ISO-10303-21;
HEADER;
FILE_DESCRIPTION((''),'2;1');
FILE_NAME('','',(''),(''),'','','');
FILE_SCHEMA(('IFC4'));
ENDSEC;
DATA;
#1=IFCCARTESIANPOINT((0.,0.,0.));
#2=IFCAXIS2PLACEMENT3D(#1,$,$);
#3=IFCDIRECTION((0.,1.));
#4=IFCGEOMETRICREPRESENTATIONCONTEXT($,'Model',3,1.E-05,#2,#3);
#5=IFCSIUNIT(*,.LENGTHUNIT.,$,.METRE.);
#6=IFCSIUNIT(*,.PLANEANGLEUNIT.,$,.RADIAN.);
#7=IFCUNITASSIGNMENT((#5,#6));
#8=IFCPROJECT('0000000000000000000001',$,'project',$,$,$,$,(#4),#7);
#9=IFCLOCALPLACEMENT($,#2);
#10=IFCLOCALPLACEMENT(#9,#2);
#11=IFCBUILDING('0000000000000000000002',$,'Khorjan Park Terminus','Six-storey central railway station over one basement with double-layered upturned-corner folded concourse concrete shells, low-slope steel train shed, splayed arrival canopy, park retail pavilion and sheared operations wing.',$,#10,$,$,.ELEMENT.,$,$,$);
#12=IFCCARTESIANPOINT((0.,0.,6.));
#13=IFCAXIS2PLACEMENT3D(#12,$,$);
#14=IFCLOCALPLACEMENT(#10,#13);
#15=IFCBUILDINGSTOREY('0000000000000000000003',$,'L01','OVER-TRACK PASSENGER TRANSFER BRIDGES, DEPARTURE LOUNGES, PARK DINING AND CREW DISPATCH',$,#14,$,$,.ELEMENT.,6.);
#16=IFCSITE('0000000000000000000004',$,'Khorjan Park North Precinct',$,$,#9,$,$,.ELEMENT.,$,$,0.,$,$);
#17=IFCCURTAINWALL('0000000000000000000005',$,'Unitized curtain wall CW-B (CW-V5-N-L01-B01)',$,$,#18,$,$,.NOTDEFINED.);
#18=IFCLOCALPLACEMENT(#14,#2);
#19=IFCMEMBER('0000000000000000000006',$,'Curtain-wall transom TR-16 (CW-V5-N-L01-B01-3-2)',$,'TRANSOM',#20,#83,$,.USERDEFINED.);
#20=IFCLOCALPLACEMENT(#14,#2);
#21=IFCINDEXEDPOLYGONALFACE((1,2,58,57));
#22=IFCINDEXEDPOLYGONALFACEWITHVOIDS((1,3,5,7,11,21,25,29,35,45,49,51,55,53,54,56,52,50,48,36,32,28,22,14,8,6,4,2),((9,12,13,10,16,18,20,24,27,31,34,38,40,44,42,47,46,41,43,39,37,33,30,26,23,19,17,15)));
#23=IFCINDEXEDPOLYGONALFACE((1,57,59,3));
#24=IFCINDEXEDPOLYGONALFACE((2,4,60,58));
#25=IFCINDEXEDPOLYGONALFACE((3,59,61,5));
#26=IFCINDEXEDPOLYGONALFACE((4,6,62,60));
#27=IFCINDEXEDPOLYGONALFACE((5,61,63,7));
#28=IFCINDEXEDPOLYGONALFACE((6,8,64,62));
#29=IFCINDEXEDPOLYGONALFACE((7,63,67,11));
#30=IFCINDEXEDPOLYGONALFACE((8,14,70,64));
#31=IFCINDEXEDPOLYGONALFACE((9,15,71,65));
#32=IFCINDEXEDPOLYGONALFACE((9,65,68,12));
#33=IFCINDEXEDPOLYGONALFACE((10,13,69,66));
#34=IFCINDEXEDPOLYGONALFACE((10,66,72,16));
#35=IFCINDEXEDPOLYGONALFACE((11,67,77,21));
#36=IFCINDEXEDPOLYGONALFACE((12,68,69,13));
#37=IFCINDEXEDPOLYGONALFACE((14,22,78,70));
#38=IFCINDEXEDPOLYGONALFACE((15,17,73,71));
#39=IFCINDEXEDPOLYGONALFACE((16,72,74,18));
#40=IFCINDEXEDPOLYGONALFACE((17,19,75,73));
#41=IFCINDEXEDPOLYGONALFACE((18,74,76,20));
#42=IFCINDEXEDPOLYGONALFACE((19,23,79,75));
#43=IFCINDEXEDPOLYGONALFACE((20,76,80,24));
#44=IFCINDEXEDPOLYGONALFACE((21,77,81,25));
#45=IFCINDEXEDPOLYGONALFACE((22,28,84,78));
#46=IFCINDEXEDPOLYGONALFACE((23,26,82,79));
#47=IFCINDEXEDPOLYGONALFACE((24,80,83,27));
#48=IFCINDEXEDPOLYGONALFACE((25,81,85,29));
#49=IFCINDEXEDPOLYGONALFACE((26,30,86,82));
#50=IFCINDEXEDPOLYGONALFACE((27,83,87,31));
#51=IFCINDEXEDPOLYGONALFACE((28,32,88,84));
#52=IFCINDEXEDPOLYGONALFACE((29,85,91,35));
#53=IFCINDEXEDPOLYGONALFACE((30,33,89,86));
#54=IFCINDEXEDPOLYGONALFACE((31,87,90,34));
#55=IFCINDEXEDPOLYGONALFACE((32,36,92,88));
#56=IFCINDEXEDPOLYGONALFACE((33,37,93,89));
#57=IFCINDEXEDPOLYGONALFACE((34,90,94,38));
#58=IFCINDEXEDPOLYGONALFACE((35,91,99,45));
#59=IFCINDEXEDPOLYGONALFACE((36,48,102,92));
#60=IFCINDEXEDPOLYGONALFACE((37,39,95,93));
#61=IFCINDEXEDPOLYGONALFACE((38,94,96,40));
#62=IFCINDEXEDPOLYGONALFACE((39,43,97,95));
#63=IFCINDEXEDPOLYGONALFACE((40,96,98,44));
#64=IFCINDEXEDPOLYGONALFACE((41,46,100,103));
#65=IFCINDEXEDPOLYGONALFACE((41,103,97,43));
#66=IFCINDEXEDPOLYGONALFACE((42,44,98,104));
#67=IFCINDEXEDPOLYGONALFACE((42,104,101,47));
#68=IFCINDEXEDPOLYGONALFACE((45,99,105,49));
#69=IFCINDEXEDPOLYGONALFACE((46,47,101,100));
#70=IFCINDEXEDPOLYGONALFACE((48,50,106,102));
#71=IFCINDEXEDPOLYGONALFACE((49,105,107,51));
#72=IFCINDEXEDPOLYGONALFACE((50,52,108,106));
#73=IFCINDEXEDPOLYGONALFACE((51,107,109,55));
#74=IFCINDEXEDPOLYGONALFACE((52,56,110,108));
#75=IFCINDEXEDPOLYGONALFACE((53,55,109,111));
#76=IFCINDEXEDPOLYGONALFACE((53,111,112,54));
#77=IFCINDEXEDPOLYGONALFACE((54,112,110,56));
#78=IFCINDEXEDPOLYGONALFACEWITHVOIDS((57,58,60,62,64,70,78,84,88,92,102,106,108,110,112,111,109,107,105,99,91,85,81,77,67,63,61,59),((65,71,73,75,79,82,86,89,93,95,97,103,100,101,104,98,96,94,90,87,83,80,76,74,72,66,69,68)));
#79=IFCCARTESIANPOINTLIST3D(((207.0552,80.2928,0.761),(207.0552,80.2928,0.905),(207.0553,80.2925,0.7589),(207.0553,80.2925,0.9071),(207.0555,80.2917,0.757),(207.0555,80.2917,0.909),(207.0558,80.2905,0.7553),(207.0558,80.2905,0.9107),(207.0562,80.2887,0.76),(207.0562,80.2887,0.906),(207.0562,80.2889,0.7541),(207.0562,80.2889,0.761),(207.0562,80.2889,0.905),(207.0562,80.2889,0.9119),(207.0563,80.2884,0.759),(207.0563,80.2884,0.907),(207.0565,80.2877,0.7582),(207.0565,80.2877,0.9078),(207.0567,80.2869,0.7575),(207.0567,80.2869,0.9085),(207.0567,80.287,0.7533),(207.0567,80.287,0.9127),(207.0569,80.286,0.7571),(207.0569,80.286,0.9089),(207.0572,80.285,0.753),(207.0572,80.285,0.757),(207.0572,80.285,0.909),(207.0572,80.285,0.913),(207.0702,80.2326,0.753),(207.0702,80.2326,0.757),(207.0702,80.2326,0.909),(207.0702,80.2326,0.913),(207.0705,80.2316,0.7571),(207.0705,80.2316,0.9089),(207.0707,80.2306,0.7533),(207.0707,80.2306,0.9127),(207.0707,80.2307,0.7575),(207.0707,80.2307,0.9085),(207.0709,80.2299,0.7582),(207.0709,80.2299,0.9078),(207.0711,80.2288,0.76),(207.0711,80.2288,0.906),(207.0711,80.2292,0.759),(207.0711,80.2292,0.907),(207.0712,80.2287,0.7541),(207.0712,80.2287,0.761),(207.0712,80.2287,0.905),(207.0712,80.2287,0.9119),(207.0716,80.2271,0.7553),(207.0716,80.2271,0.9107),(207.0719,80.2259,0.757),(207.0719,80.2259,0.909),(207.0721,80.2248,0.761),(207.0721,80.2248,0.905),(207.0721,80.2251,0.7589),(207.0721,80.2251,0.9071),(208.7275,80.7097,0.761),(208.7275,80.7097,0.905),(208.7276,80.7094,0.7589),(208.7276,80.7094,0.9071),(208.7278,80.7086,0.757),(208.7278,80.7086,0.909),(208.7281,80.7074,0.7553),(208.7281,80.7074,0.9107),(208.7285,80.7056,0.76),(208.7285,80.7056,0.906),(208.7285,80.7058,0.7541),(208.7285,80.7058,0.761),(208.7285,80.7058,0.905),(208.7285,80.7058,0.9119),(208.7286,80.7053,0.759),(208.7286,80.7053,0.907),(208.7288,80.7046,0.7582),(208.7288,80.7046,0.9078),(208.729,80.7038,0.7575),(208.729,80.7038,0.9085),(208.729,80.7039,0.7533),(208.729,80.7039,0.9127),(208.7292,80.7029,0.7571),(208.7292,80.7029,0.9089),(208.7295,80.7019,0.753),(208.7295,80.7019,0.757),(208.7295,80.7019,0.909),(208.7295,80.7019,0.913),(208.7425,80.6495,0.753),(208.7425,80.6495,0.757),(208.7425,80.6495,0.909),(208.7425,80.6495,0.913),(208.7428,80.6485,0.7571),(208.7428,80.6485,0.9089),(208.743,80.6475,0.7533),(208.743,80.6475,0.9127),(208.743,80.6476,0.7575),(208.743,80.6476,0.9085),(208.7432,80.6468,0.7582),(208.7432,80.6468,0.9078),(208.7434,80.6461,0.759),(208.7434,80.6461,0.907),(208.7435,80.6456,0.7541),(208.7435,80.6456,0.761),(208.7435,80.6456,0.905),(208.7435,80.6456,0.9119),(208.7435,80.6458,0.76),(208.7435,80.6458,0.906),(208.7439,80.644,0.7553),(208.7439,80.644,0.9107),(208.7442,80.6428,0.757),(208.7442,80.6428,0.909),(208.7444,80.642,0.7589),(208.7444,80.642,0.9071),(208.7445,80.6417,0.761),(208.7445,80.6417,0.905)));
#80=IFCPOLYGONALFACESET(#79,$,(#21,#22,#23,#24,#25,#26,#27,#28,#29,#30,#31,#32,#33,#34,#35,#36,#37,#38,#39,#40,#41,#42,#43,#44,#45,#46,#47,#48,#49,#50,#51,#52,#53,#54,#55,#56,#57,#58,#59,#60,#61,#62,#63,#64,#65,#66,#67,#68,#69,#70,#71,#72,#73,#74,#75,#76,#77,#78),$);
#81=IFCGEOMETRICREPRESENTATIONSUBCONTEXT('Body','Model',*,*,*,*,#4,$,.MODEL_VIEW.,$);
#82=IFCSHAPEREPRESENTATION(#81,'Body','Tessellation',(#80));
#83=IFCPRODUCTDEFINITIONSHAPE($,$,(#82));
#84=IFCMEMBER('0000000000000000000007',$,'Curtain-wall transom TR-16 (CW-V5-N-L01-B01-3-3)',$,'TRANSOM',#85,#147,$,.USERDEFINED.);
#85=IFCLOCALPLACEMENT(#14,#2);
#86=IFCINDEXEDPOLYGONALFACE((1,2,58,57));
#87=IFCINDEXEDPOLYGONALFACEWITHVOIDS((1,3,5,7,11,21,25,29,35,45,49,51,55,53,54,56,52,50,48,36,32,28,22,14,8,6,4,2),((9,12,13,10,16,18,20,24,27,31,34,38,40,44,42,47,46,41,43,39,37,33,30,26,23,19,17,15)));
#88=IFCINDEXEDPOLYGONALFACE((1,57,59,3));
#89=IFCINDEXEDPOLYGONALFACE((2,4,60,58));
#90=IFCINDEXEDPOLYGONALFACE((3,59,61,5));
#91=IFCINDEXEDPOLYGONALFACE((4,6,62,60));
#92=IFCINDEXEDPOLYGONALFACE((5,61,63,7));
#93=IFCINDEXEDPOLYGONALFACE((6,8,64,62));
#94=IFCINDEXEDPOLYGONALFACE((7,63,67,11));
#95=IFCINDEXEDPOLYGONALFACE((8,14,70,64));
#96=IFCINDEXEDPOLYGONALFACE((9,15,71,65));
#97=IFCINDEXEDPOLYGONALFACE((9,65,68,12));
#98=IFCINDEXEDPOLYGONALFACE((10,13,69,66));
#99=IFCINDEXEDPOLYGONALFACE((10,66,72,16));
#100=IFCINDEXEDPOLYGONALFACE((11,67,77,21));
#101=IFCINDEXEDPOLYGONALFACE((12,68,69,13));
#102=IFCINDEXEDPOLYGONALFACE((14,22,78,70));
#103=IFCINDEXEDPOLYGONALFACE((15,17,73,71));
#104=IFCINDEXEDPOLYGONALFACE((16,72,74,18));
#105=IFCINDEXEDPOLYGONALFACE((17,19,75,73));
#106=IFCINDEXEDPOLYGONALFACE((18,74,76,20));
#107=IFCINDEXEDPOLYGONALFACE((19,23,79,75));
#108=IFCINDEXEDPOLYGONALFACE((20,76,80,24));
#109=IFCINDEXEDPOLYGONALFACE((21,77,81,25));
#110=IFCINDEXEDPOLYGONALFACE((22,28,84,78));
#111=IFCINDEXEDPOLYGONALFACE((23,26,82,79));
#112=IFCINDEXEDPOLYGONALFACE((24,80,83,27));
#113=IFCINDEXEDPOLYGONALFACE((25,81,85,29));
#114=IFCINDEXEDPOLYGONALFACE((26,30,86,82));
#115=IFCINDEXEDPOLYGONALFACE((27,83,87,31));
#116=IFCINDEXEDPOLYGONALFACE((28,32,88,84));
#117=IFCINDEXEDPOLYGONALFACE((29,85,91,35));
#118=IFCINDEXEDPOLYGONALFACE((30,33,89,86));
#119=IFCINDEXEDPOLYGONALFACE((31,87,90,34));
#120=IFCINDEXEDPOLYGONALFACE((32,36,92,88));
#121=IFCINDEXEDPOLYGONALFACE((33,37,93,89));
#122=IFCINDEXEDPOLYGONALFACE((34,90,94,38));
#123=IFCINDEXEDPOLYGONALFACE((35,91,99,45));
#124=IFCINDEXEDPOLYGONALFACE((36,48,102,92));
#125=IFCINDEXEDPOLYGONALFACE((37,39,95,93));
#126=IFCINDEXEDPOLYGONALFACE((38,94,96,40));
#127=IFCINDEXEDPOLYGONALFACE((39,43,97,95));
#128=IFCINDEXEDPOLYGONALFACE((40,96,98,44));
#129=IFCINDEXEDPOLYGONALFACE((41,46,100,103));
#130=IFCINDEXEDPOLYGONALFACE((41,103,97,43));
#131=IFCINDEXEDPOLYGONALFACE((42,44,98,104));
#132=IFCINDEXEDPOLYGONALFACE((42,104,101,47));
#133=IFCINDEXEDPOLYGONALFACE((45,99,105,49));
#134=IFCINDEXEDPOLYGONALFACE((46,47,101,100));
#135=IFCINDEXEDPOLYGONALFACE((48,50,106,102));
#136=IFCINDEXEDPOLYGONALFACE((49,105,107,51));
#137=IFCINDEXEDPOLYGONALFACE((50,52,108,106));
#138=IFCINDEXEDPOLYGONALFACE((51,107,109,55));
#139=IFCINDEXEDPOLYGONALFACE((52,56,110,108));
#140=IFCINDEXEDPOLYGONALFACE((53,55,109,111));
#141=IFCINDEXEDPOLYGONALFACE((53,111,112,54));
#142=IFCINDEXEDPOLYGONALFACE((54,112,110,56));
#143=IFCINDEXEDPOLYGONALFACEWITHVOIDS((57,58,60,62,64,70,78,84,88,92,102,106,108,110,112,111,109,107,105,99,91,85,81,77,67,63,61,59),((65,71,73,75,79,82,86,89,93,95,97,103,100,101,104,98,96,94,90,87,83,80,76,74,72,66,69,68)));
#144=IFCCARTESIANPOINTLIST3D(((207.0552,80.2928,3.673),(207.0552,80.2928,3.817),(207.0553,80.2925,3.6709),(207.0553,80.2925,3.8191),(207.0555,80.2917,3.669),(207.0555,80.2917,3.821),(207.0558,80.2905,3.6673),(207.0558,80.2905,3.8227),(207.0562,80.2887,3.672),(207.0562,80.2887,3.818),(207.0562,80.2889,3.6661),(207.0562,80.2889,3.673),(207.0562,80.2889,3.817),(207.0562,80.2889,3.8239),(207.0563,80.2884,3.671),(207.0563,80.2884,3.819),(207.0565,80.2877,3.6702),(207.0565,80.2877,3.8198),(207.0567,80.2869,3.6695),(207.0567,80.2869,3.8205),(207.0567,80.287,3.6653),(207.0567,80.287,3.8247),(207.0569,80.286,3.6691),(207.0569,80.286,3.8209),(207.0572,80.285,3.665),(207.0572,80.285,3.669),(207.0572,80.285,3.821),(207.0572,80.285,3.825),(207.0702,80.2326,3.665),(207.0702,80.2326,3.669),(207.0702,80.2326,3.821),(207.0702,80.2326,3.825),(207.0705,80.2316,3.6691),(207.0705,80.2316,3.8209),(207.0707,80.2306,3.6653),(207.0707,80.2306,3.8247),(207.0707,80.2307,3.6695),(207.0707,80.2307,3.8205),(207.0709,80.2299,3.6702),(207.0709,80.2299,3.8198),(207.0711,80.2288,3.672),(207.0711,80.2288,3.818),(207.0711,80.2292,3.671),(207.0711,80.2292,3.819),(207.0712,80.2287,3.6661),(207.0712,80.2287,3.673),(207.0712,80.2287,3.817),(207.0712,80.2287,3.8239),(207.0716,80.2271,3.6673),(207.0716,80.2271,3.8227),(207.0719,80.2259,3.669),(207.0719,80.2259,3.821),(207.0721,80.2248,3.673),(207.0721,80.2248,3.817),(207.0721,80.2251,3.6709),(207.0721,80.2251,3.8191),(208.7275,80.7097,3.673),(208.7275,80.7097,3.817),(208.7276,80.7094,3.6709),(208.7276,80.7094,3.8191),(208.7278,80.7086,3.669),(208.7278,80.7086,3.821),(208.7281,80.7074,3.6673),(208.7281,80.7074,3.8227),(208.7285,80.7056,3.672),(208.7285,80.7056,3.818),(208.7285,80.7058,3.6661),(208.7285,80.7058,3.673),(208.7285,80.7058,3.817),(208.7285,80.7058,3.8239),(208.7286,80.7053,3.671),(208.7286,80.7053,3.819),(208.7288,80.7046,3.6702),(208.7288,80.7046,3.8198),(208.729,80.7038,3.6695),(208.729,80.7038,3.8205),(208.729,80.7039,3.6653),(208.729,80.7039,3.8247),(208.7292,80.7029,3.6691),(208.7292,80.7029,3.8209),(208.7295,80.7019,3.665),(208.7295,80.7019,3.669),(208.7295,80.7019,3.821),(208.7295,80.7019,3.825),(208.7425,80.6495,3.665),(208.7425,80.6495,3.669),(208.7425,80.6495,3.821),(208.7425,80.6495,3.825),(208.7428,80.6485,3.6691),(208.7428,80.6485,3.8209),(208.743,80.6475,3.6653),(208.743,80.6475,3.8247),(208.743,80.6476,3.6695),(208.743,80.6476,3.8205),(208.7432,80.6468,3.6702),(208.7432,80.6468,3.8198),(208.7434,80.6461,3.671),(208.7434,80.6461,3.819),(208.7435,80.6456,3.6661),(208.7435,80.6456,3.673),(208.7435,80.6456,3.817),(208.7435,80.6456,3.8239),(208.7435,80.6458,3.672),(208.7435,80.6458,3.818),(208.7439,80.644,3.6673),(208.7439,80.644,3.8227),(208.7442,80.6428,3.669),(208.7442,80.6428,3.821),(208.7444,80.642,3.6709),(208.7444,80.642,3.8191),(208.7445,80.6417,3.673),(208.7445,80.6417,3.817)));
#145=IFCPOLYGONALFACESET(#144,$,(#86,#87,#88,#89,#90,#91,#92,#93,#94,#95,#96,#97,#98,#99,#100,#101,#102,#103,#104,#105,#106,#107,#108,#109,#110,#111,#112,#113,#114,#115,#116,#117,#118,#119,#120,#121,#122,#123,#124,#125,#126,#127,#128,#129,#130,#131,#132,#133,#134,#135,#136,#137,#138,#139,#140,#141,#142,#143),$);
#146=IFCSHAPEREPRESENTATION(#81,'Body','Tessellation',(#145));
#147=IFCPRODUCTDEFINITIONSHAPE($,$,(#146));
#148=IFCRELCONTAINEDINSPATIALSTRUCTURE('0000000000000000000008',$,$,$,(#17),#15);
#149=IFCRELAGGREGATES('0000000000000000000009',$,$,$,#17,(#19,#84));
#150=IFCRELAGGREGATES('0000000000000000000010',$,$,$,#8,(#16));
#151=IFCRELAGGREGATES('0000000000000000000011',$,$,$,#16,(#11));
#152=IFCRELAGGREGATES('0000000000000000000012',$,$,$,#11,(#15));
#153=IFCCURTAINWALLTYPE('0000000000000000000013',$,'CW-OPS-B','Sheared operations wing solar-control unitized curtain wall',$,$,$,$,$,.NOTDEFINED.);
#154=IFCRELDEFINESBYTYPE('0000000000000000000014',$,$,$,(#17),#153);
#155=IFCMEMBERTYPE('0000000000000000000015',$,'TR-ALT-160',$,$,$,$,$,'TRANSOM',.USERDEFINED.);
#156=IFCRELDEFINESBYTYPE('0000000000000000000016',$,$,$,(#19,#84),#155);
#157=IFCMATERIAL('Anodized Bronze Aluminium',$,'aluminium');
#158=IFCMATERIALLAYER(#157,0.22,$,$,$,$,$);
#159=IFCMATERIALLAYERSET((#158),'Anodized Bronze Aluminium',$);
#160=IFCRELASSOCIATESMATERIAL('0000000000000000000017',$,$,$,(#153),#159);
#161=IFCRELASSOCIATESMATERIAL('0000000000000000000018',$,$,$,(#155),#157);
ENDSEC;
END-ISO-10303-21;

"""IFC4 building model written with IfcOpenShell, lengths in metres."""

from ifc_helpers import new_model, si_unit, direction, frame, origin, origin_2d, place, context, subcontext, project, spatial, hollow_rectangle, extrude, material, layer, layer_set, material_profile, profile_set, type_object, element, aggregate, save


model = new_model("IFC4")

# Units and contexts
model_context = context("Model", 3, precision=1e-05, world=origin(), true_north=direction((0.0, 1.0)))
body_context = subcontext(model_context, "Body", "Model", "MODEL_VIEW")
ifc_project = project(units=[si_unit("LENGTHUNIT", "METRE"), si_unit("PLANEANGLEUNIT", "RADIAN")], contexts=[model_context])

# Site, building, storey
site_placement = place(None, origin())
site = spatial("IfcSite", under=ifc_project, at=site_placement, Name="Khorjan Park North Precinct", CompositionType="ELEMENT", RefElevation=0.0)
building_placement = place(site_placement, origin())
building = spatial("IfcBuilding", under=site, at=building_placement, Name="Khorjan Park Terminus", Description="Six-storey central railway station over one basement with double-layered upturned-corner folded concourse concrete shells, low-slope steel train shed, splayed arrival canopy, park retail pavilion and sheared operations wing.", CompositionType="ELEMENT")
storey_placement = place(building_placement, frame((0.0, 0.0, 6.0)))
storey = spatial("IfcBuildingStorey", under=building, at=storey_placement, Name="L01", Description="OVER-TRACK PASSENGER TRANSFER BRIDGES, DEPARTURE LOUNGES, PARK DINING AND CREW DISPATCH", CompositionType="ELEMENT", Elevation=6.0)

# Curtain wall, members
ifc_material_1 = material(Name="Anodized Bronze Aluminium", Category="aluminium")
ifc_layer_1 = layer(ifc_material_1, 0.22)
ifc_layer_set_1 = layer_set([ifc_layer_1], Name="Anodized Bronze Aluminium")
curtain_wall_type = type_object("IfcCurtainWallType", Name="CW-OPS-B", Description="Sheared operations wing solar-control unitized curtain wall", PredefinedType="NOTDEFINED", material=ifc_layer_set_1)
curtain_wall_placement = place(storey_placement, origin())
curtain_wall = element("IfcCurtainWall", 1, at=curtain_wall_placement, inside=storey, type_object=curtain_wall_type, Name="Unitized curtain wall CW-B (CW-V5-N-L01-B01)", PredefinedType="NOTDEFINED")
ifc_material_profile_1 = material_profile(ifc_material_1, hollow_rectangle(XDim=0.07, YDim=0.16, WallThickness=0.004, InnerFilletRadius=0.004, OuterFilletRadius=0.008, at=origin_2d()), Name="ALT 70x160x4")
ifc_profile_set_1 = profile_set([ifc_material_profile_1], Name="Anodized Bronze Aluminium")
member_type_1 = type_object("IfcMemberType", Name="TR-ALT-160", ElementType="TRANSOM", PredefinedType="USERDEFINED", material=ifc_profile_set_1)
member_1_placement = place(storey_placement, frame((208.736, 80.6757, 0.833), z_axis=(-0.970303, -0.241894, 0.0), x_axis=(0.241894, -0.970303, 0.0)))
member_1 = element("IfcMember", 2, at=member_1_placement, type_object=member_type_1, Name="Curtain-wall transom TR-16 (CW-V5-N-L01-B01-3-2)", ObjectType="TRANSOM", PredefinedType="USERDEFINED", context=body_context, shape_type="SweptSolid", body=[
    extrude(hollow_rectangle(XDim=0.07, YDim=0.16, WallThickness=0.004, InnerFilletRadius=0.004, OuterFilletRadius=0.008, at=origin_2d()), origin(), (0.0, 0.0, 1.0), 1.7235),
])
member_2_placement = place(storey_placement, frame((208.736, 80.6757, 3.745), z_axis=(-0.970303, -0.241894, 0.0), x_axis=(0.241894, -0.970303, 0.0)))
member_2 = element("IfcMember", 3, at=member_2_placement, type_object=member_type_1, Name="Curtain-wall transom TR-16 (CW-V5-N-L01-B01-3-3)", ObjectType="TRANSOM", PredefinedType="USERDEFINED", context=body_context, shape_type="SweptSolid", body=[
    extrude(hollow_rectangle(XDim=0.07, YDim=0.16, WallThickness=0.004, InnerFilletRadius=0.004, OuterFilletRadius=0.008, at=origin_2d()), origin(), (0.0, 0.0, 1.0), 1.7235),
])
aggregate(curtain_wall, [member_1, member_2])

save(model, "model.ifc")
